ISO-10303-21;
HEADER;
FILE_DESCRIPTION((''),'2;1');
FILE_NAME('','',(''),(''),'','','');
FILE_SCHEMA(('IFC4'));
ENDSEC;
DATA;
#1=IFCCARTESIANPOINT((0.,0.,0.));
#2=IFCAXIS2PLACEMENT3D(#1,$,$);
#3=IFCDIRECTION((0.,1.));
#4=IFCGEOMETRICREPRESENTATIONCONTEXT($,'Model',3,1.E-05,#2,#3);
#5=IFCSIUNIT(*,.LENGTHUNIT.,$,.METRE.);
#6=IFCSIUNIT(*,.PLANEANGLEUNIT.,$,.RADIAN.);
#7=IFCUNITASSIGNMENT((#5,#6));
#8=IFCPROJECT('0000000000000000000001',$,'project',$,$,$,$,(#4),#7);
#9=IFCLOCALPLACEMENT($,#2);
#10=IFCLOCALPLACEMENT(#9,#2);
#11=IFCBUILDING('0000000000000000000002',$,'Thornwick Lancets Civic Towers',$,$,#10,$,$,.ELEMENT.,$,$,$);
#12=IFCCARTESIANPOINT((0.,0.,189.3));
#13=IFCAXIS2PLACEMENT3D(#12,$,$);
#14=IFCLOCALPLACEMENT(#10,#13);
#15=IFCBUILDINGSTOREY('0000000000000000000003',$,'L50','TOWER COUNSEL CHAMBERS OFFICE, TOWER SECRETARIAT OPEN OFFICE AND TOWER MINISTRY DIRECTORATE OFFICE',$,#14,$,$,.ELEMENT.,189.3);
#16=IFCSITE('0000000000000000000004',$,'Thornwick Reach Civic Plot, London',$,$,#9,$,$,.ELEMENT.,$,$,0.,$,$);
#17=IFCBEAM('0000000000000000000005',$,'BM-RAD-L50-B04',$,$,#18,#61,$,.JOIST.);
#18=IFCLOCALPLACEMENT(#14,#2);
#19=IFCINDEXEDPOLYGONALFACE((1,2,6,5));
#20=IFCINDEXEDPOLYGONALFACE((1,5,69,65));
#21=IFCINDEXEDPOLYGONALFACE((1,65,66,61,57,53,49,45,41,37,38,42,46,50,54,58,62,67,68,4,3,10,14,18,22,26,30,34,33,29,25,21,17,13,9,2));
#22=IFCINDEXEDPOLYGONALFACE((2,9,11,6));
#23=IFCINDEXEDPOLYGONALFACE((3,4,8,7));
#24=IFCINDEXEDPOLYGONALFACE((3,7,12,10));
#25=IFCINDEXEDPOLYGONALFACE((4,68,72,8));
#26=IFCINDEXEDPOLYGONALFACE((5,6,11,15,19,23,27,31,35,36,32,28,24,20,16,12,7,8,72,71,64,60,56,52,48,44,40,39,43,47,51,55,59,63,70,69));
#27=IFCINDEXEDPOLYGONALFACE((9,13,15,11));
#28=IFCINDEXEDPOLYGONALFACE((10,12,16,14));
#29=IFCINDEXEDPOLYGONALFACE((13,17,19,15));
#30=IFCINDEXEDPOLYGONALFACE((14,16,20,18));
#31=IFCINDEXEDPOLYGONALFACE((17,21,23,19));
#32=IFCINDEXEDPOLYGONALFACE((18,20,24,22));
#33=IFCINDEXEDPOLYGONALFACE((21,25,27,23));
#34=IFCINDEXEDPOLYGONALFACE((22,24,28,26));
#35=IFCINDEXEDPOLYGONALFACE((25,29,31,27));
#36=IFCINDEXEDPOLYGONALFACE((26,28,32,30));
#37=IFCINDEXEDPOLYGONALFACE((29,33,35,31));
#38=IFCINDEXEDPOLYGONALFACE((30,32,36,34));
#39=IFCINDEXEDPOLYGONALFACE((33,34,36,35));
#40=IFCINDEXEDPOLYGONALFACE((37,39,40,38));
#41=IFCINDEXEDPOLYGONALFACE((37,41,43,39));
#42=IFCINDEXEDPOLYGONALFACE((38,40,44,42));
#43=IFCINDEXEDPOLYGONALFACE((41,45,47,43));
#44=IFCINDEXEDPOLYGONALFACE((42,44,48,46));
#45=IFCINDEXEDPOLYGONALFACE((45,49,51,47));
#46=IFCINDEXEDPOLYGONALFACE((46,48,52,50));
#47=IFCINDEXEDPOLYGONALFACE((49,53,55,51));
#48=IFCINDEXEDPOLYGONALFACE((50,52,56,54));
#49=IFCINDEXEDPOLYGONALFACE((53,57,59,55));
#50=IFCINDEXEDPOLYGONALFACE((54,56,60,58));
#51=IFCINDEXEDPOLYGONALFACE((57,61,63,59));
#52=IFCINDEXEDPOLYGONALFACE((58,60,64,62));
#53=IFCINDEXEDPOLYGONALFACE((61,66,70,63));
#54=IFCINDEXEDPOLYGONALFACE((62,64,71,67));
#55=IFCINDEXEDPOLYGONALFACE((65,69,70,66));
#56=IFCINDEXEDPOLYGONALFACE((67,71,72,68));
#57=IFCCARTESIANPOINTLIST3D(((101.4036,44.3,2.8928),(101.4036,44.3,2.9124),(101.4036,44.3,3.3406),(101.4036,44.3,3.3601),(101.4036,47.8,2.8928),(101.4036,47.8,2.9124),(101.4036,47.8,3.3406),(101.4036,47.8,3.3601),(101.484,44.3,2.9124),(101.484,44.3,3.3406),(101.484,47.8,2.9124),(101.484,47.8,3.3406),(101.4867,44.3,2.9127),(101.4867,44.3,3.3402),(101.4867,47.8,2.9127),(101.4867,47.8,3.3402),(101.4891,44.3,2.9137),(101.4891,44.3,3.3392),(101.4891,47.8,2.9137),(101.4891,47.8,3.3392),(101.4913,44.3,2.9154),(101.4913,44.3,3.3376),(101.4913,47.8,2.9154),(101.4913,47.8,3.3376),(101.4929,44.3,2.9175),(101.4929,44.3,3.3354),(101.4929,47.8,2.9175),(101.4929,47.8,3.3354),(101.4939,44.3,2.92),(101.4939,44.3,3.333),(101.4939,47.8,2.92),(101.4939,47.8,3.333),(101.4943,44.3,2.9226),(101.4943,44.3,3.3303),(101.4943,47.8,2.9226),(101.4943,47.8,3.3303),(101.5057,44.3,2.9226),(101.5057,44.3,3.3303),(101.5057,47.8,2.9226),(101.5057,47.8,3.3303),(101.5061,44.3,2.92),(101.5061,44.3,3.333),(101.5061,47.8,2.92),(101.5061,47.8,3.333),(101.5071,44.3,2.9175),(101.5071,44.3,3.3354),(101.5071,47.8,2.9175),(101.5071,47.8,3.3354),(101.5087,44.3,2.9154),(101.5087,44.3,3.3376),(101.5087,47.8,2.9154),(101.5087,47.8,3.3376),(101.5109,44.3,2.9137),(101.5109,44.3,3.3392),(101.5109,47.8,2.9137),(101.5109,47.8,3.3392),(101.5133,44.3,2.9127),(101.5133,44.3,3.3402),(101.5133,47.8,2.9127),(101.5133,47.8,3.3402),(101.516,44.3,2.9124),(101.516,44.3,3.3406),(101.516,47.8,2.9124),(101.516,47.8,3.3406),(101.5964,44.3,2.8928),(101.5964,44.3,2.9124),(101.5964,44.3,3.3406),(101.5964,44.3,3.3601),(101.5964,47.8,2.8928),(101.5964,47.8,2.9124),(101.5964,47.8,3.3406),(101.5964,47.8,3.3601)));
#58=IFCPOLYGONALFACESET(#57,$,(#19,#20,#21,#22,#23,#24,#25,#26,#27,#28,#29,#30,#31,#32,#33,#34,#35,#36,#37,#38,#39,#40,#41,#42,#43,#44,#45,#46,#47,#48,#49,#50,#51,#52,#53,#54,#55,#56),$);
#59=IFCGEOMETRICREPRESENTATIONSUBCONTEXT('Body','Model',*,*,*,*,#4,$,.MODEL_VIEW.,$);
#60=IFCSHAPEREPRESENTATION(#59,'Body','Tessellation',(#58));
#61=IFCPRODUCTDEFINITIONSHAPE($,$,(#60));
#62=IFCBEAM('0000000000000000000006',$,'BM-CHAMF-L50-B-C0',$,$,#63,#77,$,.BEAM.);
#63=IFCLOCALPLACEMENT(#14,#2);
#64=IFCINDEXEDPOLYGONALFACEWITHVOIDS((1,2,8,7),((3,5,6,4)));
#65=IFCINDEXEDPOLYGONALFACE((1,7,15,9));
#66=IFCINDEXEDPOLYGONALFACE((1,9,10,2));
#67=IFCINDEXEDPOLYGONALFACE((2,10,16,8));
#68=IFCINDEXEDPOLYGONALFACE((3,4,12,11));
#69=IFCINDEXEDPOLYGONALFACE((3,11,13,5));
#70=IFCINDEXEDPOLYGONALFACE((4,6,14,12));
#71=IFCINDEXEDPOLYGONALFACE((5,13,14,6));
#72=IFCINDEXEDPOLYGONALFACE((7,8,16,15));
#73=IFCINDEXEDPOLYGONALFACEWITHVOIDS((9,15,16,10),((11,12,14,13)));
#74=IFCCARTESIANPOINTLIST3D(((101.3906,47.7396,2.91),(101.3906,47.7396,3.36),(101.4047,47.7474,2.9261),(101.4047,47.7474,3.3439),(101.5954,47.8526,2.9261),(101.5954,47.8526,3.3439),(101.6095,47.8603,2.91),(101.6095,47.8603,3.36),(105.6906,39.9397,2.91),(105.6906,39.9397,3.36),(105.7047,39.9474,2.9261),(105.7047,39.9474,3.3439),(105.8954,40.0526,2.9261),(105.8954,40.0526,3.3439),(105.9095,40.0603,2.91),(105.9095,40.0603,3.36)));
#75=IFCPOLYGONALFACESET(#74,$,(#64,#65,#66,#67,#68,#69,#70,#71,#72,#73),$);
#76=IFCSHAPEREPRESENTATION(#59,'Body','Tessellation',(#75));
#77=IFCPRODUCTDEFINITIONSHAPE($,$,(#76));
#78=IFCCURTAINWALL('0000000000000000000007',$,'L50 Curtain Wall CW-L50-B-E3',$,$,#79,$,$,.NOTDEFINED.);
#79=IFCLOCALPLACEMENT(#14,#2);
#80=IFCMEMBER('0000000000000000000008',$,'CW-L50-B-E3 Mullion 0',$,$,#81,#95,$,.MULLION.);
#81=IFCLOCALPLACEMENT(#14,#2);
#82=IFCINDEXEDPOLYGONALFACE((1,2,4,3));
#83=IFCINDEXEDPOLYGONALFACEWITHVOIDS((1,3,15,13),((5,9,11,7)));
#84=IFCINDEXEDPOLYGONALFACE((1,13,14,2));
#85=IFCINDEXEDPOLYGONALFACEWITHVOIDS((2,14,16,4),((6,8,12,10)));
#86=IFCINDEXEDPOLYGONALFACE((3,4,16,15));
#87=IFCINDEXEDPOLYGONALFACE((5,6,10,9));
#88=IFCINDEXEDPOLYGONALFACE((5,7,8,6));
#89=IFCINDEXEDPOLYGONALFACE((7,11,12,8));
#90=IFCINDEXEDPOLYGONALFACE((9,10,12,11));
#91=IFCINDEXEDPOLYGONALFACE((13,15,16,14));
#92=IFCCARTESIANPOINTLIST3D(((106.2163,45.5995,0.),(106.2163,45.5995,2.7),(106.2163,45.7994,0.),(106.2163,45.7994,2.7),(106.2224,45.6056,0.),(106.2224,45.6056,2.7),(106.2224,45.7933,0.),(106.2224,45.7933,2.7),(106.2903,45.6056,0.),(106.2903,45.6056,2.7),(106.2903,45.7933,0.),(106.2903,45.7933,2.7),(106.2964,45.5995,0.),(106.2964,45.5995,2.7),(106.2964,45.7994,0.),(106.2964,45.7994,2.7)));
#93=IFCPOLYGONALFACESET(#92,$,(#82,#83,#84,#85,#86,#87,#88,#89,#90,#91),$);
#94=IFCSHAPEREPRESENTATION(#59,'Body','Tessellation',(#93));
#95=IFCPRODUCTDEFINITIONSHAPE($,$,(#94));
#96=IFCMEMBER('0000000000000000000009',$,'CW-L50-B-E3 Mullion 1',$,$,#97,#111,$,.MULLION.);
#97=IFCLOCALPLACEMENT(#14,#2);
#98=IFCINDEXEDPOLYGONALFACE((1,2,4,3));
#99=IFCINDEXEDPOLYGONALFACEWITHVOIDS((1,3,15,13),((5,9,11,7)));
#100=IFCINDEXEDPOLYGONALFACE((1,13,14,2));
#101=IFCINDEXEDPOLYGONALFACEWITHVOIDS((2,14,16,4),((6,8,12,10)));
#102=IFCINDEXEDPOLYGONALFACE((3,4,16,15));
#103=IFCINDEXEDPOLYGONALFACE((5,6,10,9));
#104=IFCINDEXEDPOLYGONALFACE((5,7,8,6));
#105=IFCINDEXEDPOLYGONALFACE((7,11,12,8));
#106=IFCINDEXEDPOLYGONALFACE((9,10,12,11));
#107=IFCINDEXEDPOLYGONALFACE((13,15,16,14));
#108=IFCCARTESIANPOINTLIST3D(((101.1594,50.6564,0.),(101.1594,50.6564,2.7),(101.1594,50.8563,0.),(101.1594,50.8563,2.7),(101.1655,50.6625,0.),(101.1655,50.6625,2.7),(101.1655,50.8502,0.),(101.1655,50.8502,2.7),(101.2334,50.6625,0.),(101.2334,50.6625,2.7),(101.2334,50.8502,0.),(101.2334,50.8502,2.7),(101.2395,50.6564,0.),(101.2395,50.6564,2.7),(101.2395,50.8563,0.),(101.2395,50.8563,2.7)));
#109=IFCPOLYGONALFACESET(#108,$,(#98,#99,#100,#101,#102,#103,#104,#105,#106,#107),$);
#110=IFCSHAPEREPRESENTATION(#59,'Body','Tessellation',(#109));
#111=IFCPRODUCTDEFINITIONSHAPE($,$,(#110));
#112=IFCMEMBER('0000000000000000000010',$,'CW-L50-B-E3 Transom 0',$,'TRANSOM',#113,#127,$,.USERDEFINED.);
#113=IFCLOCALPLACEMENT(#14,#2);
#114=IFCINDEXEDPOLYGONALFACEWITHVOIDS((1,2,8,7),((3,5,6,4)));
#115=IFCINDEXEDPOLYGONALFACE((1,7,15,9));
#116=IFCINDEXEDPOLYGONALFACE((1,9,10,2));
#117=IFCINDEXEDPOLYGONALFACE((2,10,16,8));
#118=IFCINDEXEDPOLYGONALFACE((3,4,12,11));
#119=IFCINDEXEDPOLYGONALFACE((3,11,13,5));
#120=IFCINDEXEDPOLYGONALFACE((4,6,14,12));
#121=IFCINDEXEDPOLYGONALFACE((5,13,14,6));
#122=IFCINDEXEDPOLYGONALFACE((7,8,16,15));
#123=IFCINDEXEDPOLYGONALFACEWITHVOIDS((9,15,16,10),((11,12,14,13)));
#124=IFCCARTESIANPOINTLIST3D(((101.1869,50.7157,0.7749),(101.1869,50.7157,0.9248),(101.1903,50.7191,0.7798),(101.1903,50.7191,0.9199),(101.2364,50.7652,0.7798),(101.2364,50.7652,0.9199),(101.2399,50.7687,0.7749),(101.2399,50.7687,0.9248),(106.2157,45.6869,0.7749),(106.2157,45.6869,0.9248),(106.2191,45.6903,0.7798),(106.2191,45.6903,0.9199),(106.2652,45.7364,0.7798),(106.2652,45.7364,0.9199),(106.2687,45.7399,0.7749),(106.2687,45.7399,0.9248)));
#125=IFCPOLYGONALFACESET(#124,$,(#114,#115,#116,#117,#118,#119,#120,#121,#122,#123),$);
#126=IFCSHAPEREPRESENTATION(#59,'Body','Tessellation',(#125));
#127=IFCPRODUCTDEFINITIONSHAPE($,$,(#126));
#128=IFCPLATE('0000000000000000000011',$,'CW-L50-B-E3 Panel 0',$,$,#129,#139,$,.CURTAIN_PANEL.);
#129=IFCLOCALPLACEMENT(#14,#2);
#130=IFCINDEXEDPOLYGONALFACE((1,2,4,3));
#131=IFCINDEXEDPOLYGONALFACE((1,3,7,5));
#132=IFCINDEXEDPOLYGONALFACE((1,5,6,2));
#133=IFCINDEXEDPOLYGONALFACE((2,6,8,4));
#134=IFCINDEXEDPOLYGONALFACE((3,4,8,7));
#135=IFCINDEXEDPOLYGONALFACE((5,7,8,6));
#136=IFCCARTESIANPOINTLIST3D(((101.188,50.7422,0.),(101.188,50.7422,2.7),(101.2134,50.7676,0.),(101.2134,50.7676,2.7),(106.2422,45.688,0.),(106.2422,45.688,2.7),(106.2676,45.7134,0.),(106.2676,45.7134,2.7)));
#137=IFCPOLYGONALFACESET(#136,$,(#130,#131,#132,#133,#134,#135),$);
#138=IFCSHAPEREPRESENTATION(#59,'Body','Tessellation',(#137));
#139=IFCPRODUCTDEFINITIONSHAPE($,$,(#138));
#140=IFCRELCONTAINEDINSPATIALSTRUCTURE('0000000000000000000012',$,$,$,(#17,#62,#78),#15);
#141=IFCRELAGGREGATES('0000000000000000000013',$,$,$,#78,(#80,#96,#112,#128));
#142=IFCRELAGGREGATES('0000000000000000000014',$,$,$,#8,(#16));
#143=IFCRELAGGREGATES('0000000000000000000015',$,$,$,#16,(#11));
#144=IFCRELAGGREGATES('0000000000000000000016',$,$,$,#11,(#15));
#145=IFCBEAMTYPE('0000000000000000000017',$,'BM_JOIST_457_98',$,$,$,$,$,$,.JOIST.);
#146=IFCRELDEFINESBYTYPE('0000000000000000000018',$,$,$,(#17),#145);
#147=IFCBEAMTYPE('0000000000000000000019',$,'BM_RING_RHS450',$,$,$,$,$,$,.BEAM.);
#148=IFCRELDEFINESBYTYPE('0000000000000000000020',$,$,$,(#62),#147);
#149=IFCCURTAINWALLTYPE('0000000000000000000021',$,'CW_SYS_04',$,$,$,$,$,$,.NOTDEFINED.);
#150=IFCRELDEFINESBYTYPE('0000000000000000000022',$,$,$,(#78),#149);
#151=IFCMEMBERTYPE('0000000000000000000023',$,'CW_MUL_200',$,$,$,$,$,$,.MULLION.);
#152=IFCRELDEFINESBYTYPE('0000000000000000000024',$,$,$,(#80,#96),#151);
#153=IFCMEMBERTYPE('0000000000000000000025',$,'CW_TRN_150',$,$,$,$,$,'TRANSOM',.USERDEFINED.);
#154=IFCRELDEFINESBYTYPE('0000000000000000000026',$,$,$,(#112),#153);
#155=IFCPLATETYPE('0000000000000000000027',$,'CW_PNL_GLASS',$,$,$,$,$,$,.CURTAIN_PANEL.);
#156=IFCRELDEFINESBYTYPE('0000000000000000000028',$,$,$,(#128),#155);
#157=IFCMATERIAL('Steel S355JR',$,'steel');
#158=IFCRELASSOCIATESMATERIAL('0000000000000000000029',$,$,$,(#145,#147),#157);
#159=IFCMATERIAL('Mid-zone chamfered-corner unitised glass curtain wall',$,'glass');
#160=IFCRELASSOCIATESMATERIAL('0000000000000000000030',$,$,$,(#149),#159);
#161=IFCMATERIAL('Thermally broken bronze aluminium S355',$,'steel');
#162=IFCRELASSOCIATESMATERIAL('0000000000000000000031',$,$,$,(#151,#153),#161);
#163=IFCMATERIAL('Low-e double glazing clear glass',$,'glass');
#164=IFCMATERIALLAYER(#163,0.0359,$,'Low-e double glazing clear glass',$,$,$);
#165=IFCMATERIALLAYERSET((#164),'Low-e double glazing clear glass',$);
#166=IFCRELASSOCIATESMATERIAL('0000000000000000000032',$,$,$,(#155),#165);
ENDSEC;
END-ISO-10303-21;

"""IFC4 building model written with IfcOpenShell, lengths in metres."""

from ifc_helpers import new_model, si_unit, direction, frame, origin, origin_2d, place, context, subcontext, project, spatial, rectangle, hollow_rectangle, i_section, extrude, material, layer, layer_set, material_profile, profile_set, type_object, element, aggregate, save


model = new_model("IFC4")

# Units and contexts
model_context = context("Model", 3, precision=1e-05, world=origin(), true_north=direction((0.0, 1.0)))
body_context = subcontext(model_context, "Body", "Model", "MODEL_VIEW")
ifc_project = project(units=[si_unit("LENGTHUNIT", "METRE"), si_unit("PLANEANGLEUNIT", "RADIAN")], contexts=[model_context])

# Site, building, storey
site_placement = place(None, origin())
site = spatial("IfcSite", under=ifc_project, at=site_placement, Name="Thornwick Reach Civic Plot, London", CompositionType="ELEMENT", RefElevation=0.0)
building_placement = place(site_placement, origin())
building = spatial("IfcBuilding", under=site, at=building_placement, Name="Thornwick Lancets Civic Towers", CompositionType="ELEMENT")
storey_placement = place(building_placement, frame((0.0, 0.0, 189.3)))
storey = spatial("IfcBuildingStorey", under=building, at=storey_placement, Name="L50", Description="TOWER COUNSEL CHAMBERS OFFICE, TOWER SECRETARIAT OPEN OFFICE AND TOWER MINISTRY DIRECTORATE OFFICE", CompositionType="ELEMENT", Elevation=189.3)

# Beams
ifc_material_1 = material(Name="Steel S355JR", Category="steel")
ifc_material_profile_1 = material_profile(ifc_material_1, i_section(OverallWidth=0.1929, OverallDepth=0.4673, WebThickness=0.0115, FlangeThickness=0.0195, FilletRadius=0.0103, at=origin_2d()), Name="UKB 457x191x98")
ifc_profile_set_1 = profile_set([ifc_material_profile_1], Name="Steel S355JR")
beam_type_1 = type_object("IfcBeamType", Name="BM_JOIST_457_98", PredefinedType="JOIST", material=ifc_profile_set_1)
beam_1_placement = place(storey_placement, frame((101.5, 44.3, 3.1265), z_axis=(0.0, 1.0, 0.0), x_axis=(-1.0, 0.0, 0.0)))
element("IfcBeam", 1, at=beam_1_placement, inside=storey, type_object=beam_type_1, Name="BM-RAD-L50-B04", PredefinedType="JOIST", context=body_context, shape_type="SweptSolid", body=[
    extrude(i_section(OverallWidth=0.1929, OverallDepth=0.4673, WebThickness=0.0115, FlangeThickness=0.0195, FilletRadius=0.0103, at=origin_2d()), origin(), (0.0, 0.0, 1.0), 3.5),
])
ifc_material_profile_2 = material_profile(ifc_material_1, hollow_rectangle(XDim=0.25, YDim=0.45, WallThickness=0.0161, at=origin_2d()), Name="RHS 450x250x16")
ifc_profile_set_2 = profile_set([ifc_material_profile_2], Name="Steel S355JR")
beam_type_2 = type_object("IfcBeamType", Name="BM_RING_RHS450", PredefinedType="BEAM", material=ifc_profile_set_2)
beam_2_placement = place(storey_placement, frame((105.8, 40.0, 3.135), z_axis=(-0.482782, 0.87574, 0.0), x_axis=(-0.87574, -0.482782, 0.0)))
element("IfcBeam", 2, at=beam_2_placement, inside=storey, type_object=beam_type_2, Name="BM-CHAMF-L50-B-C0", PredefinedType="BEAM", context=body_context, shape_type="SweptSolid", body=[
    extrude(hollow_rectangle(XDim=0.25, YDim=0.45, WallThickness=0.0161, at=origin_2d()), origin(), (0.0, 0.0, 1.0), 8.9067),
])

# Curtain wall, members, plate
ifc_material_2 = material(Name="Mid-zone chamfered-corner unitised glass curtain wall", Category="glass")
curtain_wall_type = type_object("IfcCurtainWallType", Name="CW_SYS_04", PredefinedType="NOTDEFINED", material=ifc_material_2)
curtain_wall_placement = place(storey_placement, origin())
curtain_wall = element("IfcCurtainWall", 3, at=curtain_wall_placement, inside=storey, type_object=curtain_wall_type, Name="L50 Curtain Wall CW-L50-B-E3", PredefinedType="NOTDEFINED")
ifc_material_3 = material(Name="Thermally broken bronze aluminium S355", Category="steel")
ifc_material_profile_3 = material_profile(ifc_material_3, hollow_rectangle(XDim=0.0801, YDim=0.2, WallThickness=0.0061, at=origin_2d()), Name="RHS 200x80x6")
ifc_profile_set_3 = profile_set([ifc_material_profile_3], Name="Thermally broken bronze aluminium S355")
member_type_1 = type_object("IfcMemberType", Name="CW_MUL_200", PredefinedType="MULLION", material=ifc_profile_set_3)
member_1_placement = place(storey_placement, frame((106.2563, 45.6995, 0.0), z_axis=(0.0, 0.0, 1.0), x_axis=(1.0, 0.0, 0.0)))
member_1 = element("IfcMember", 4, at=member_1_placement, type_object=member_type_1, Name="CW-L50-B-E3 Mullion 0", PredefinedType="MULLION", context=body_context, shape_type="SweptSolid", body=[
    extrude(hollow_rectangle(XDim=0.0801, YDim=0.2, WallThickness=0.0061, at=origin_2d()), origin(), (0.0, 0.0, 1.0), 2.7),
])
member_2_placement = place(storey_placement, frame((101.1995, 50.7563, 0.0), z_axis=(0.0, 0.0, 1.0), x_axis=(1.0, 0.0, 0.0)))
member_2 = element("IfcMember", 5, at=member_2_placement, type_object=member_type_1, Name="CW-L50-B-E3 Mullion 1", PredefinedType="MULLION", context=body_context, shape_type="SweptSolid", body=[
    extrude(hollow_rectangle(XDim=0.0801, YDim=0.2, WallThickness=0.0061, at=origin_2d()), origin(), (0.0, 0.0, 1.0), 2.7),
])
ifc_material_profile_4 = material_profile(ifc_material_3, hollow_rectangle(XDim=0.075, YDim=0.1499, WallThickness=0.0049, at=origin_2d()), Name="RHS 150x75x5")
ifc_profile_set_4 = profile_set([ifc_material_profile_4], Name="Thermally broken bronze aluminium S355")
member_type_2 = type_object("IfcMemberType", Name="CW_TRN_150", ElementType="TRANSOM", PredefinedType="USERDEFINED", material=ifc_profile_set_4)
member_3_placement = place(storey_placement, frame((106.2422, 45.7134, 0.8499), z_axis=(-0.707107, 0.707107, 0.0), x_axis=(-0.707107, -0.707107, 0.0)))
member_3 = element("IfcMember", 6, at=member_3_placement, type_object=member_type_2, Name="CW-L50-B-E3 Transom 0", ObjectType="TRANSOM", PredefinedType="USERDEFINED", context=body_context, shape_type="SweptSolid", body=[
    extrude(hollow_rectangle(XDim=0.075, YDim=0.1499, WallThickness=0.0049, at=origin_2d()), origin(), (0.0, 0.0, 1.0), 7.1118),
])
ifc_material_4 = material(Name="Low-e double glazing clear glass", Category="glass")
ifc_layer_1 = layer(ifc_material_4, 0.0359, Name="Low-e double glazing clear glass")
ifc_layer_set_1 = layer_set([ifc_layer_1], Name="Low-e double glazing clear glass")
plate_type = type_object("IfcPlateType", Name="CW_PNL_GLASS", PredefinedType="CURTAIN_PANEL", material=ifc_layer_set_1)
plate_placement = place(storey_placement, frame((103.7278, 48.2278, 0.0), z_axis=(0.0, 0.0, 1.0), x_axis=(-0.707107, 0.707107, 0.0)))
plate = element("IfcPlate", 7, at=plate_placement, type_object=plate_type, Name="CW-L50-B-E3 Panel 0", PredefinedType="CURTAIN_PANEL", context=body_context, shape_type="SweptSolid", body=[
    extrude(rectangle(XDim=7.1477, YDim=0.0359, at=origin_2d()), origin(), (0.0, 0.0, 1.0), 2.7),
])
aggregate(curtain_wall, [member_1, member_2, member_3, plate])

save(model, "model.ifc")
